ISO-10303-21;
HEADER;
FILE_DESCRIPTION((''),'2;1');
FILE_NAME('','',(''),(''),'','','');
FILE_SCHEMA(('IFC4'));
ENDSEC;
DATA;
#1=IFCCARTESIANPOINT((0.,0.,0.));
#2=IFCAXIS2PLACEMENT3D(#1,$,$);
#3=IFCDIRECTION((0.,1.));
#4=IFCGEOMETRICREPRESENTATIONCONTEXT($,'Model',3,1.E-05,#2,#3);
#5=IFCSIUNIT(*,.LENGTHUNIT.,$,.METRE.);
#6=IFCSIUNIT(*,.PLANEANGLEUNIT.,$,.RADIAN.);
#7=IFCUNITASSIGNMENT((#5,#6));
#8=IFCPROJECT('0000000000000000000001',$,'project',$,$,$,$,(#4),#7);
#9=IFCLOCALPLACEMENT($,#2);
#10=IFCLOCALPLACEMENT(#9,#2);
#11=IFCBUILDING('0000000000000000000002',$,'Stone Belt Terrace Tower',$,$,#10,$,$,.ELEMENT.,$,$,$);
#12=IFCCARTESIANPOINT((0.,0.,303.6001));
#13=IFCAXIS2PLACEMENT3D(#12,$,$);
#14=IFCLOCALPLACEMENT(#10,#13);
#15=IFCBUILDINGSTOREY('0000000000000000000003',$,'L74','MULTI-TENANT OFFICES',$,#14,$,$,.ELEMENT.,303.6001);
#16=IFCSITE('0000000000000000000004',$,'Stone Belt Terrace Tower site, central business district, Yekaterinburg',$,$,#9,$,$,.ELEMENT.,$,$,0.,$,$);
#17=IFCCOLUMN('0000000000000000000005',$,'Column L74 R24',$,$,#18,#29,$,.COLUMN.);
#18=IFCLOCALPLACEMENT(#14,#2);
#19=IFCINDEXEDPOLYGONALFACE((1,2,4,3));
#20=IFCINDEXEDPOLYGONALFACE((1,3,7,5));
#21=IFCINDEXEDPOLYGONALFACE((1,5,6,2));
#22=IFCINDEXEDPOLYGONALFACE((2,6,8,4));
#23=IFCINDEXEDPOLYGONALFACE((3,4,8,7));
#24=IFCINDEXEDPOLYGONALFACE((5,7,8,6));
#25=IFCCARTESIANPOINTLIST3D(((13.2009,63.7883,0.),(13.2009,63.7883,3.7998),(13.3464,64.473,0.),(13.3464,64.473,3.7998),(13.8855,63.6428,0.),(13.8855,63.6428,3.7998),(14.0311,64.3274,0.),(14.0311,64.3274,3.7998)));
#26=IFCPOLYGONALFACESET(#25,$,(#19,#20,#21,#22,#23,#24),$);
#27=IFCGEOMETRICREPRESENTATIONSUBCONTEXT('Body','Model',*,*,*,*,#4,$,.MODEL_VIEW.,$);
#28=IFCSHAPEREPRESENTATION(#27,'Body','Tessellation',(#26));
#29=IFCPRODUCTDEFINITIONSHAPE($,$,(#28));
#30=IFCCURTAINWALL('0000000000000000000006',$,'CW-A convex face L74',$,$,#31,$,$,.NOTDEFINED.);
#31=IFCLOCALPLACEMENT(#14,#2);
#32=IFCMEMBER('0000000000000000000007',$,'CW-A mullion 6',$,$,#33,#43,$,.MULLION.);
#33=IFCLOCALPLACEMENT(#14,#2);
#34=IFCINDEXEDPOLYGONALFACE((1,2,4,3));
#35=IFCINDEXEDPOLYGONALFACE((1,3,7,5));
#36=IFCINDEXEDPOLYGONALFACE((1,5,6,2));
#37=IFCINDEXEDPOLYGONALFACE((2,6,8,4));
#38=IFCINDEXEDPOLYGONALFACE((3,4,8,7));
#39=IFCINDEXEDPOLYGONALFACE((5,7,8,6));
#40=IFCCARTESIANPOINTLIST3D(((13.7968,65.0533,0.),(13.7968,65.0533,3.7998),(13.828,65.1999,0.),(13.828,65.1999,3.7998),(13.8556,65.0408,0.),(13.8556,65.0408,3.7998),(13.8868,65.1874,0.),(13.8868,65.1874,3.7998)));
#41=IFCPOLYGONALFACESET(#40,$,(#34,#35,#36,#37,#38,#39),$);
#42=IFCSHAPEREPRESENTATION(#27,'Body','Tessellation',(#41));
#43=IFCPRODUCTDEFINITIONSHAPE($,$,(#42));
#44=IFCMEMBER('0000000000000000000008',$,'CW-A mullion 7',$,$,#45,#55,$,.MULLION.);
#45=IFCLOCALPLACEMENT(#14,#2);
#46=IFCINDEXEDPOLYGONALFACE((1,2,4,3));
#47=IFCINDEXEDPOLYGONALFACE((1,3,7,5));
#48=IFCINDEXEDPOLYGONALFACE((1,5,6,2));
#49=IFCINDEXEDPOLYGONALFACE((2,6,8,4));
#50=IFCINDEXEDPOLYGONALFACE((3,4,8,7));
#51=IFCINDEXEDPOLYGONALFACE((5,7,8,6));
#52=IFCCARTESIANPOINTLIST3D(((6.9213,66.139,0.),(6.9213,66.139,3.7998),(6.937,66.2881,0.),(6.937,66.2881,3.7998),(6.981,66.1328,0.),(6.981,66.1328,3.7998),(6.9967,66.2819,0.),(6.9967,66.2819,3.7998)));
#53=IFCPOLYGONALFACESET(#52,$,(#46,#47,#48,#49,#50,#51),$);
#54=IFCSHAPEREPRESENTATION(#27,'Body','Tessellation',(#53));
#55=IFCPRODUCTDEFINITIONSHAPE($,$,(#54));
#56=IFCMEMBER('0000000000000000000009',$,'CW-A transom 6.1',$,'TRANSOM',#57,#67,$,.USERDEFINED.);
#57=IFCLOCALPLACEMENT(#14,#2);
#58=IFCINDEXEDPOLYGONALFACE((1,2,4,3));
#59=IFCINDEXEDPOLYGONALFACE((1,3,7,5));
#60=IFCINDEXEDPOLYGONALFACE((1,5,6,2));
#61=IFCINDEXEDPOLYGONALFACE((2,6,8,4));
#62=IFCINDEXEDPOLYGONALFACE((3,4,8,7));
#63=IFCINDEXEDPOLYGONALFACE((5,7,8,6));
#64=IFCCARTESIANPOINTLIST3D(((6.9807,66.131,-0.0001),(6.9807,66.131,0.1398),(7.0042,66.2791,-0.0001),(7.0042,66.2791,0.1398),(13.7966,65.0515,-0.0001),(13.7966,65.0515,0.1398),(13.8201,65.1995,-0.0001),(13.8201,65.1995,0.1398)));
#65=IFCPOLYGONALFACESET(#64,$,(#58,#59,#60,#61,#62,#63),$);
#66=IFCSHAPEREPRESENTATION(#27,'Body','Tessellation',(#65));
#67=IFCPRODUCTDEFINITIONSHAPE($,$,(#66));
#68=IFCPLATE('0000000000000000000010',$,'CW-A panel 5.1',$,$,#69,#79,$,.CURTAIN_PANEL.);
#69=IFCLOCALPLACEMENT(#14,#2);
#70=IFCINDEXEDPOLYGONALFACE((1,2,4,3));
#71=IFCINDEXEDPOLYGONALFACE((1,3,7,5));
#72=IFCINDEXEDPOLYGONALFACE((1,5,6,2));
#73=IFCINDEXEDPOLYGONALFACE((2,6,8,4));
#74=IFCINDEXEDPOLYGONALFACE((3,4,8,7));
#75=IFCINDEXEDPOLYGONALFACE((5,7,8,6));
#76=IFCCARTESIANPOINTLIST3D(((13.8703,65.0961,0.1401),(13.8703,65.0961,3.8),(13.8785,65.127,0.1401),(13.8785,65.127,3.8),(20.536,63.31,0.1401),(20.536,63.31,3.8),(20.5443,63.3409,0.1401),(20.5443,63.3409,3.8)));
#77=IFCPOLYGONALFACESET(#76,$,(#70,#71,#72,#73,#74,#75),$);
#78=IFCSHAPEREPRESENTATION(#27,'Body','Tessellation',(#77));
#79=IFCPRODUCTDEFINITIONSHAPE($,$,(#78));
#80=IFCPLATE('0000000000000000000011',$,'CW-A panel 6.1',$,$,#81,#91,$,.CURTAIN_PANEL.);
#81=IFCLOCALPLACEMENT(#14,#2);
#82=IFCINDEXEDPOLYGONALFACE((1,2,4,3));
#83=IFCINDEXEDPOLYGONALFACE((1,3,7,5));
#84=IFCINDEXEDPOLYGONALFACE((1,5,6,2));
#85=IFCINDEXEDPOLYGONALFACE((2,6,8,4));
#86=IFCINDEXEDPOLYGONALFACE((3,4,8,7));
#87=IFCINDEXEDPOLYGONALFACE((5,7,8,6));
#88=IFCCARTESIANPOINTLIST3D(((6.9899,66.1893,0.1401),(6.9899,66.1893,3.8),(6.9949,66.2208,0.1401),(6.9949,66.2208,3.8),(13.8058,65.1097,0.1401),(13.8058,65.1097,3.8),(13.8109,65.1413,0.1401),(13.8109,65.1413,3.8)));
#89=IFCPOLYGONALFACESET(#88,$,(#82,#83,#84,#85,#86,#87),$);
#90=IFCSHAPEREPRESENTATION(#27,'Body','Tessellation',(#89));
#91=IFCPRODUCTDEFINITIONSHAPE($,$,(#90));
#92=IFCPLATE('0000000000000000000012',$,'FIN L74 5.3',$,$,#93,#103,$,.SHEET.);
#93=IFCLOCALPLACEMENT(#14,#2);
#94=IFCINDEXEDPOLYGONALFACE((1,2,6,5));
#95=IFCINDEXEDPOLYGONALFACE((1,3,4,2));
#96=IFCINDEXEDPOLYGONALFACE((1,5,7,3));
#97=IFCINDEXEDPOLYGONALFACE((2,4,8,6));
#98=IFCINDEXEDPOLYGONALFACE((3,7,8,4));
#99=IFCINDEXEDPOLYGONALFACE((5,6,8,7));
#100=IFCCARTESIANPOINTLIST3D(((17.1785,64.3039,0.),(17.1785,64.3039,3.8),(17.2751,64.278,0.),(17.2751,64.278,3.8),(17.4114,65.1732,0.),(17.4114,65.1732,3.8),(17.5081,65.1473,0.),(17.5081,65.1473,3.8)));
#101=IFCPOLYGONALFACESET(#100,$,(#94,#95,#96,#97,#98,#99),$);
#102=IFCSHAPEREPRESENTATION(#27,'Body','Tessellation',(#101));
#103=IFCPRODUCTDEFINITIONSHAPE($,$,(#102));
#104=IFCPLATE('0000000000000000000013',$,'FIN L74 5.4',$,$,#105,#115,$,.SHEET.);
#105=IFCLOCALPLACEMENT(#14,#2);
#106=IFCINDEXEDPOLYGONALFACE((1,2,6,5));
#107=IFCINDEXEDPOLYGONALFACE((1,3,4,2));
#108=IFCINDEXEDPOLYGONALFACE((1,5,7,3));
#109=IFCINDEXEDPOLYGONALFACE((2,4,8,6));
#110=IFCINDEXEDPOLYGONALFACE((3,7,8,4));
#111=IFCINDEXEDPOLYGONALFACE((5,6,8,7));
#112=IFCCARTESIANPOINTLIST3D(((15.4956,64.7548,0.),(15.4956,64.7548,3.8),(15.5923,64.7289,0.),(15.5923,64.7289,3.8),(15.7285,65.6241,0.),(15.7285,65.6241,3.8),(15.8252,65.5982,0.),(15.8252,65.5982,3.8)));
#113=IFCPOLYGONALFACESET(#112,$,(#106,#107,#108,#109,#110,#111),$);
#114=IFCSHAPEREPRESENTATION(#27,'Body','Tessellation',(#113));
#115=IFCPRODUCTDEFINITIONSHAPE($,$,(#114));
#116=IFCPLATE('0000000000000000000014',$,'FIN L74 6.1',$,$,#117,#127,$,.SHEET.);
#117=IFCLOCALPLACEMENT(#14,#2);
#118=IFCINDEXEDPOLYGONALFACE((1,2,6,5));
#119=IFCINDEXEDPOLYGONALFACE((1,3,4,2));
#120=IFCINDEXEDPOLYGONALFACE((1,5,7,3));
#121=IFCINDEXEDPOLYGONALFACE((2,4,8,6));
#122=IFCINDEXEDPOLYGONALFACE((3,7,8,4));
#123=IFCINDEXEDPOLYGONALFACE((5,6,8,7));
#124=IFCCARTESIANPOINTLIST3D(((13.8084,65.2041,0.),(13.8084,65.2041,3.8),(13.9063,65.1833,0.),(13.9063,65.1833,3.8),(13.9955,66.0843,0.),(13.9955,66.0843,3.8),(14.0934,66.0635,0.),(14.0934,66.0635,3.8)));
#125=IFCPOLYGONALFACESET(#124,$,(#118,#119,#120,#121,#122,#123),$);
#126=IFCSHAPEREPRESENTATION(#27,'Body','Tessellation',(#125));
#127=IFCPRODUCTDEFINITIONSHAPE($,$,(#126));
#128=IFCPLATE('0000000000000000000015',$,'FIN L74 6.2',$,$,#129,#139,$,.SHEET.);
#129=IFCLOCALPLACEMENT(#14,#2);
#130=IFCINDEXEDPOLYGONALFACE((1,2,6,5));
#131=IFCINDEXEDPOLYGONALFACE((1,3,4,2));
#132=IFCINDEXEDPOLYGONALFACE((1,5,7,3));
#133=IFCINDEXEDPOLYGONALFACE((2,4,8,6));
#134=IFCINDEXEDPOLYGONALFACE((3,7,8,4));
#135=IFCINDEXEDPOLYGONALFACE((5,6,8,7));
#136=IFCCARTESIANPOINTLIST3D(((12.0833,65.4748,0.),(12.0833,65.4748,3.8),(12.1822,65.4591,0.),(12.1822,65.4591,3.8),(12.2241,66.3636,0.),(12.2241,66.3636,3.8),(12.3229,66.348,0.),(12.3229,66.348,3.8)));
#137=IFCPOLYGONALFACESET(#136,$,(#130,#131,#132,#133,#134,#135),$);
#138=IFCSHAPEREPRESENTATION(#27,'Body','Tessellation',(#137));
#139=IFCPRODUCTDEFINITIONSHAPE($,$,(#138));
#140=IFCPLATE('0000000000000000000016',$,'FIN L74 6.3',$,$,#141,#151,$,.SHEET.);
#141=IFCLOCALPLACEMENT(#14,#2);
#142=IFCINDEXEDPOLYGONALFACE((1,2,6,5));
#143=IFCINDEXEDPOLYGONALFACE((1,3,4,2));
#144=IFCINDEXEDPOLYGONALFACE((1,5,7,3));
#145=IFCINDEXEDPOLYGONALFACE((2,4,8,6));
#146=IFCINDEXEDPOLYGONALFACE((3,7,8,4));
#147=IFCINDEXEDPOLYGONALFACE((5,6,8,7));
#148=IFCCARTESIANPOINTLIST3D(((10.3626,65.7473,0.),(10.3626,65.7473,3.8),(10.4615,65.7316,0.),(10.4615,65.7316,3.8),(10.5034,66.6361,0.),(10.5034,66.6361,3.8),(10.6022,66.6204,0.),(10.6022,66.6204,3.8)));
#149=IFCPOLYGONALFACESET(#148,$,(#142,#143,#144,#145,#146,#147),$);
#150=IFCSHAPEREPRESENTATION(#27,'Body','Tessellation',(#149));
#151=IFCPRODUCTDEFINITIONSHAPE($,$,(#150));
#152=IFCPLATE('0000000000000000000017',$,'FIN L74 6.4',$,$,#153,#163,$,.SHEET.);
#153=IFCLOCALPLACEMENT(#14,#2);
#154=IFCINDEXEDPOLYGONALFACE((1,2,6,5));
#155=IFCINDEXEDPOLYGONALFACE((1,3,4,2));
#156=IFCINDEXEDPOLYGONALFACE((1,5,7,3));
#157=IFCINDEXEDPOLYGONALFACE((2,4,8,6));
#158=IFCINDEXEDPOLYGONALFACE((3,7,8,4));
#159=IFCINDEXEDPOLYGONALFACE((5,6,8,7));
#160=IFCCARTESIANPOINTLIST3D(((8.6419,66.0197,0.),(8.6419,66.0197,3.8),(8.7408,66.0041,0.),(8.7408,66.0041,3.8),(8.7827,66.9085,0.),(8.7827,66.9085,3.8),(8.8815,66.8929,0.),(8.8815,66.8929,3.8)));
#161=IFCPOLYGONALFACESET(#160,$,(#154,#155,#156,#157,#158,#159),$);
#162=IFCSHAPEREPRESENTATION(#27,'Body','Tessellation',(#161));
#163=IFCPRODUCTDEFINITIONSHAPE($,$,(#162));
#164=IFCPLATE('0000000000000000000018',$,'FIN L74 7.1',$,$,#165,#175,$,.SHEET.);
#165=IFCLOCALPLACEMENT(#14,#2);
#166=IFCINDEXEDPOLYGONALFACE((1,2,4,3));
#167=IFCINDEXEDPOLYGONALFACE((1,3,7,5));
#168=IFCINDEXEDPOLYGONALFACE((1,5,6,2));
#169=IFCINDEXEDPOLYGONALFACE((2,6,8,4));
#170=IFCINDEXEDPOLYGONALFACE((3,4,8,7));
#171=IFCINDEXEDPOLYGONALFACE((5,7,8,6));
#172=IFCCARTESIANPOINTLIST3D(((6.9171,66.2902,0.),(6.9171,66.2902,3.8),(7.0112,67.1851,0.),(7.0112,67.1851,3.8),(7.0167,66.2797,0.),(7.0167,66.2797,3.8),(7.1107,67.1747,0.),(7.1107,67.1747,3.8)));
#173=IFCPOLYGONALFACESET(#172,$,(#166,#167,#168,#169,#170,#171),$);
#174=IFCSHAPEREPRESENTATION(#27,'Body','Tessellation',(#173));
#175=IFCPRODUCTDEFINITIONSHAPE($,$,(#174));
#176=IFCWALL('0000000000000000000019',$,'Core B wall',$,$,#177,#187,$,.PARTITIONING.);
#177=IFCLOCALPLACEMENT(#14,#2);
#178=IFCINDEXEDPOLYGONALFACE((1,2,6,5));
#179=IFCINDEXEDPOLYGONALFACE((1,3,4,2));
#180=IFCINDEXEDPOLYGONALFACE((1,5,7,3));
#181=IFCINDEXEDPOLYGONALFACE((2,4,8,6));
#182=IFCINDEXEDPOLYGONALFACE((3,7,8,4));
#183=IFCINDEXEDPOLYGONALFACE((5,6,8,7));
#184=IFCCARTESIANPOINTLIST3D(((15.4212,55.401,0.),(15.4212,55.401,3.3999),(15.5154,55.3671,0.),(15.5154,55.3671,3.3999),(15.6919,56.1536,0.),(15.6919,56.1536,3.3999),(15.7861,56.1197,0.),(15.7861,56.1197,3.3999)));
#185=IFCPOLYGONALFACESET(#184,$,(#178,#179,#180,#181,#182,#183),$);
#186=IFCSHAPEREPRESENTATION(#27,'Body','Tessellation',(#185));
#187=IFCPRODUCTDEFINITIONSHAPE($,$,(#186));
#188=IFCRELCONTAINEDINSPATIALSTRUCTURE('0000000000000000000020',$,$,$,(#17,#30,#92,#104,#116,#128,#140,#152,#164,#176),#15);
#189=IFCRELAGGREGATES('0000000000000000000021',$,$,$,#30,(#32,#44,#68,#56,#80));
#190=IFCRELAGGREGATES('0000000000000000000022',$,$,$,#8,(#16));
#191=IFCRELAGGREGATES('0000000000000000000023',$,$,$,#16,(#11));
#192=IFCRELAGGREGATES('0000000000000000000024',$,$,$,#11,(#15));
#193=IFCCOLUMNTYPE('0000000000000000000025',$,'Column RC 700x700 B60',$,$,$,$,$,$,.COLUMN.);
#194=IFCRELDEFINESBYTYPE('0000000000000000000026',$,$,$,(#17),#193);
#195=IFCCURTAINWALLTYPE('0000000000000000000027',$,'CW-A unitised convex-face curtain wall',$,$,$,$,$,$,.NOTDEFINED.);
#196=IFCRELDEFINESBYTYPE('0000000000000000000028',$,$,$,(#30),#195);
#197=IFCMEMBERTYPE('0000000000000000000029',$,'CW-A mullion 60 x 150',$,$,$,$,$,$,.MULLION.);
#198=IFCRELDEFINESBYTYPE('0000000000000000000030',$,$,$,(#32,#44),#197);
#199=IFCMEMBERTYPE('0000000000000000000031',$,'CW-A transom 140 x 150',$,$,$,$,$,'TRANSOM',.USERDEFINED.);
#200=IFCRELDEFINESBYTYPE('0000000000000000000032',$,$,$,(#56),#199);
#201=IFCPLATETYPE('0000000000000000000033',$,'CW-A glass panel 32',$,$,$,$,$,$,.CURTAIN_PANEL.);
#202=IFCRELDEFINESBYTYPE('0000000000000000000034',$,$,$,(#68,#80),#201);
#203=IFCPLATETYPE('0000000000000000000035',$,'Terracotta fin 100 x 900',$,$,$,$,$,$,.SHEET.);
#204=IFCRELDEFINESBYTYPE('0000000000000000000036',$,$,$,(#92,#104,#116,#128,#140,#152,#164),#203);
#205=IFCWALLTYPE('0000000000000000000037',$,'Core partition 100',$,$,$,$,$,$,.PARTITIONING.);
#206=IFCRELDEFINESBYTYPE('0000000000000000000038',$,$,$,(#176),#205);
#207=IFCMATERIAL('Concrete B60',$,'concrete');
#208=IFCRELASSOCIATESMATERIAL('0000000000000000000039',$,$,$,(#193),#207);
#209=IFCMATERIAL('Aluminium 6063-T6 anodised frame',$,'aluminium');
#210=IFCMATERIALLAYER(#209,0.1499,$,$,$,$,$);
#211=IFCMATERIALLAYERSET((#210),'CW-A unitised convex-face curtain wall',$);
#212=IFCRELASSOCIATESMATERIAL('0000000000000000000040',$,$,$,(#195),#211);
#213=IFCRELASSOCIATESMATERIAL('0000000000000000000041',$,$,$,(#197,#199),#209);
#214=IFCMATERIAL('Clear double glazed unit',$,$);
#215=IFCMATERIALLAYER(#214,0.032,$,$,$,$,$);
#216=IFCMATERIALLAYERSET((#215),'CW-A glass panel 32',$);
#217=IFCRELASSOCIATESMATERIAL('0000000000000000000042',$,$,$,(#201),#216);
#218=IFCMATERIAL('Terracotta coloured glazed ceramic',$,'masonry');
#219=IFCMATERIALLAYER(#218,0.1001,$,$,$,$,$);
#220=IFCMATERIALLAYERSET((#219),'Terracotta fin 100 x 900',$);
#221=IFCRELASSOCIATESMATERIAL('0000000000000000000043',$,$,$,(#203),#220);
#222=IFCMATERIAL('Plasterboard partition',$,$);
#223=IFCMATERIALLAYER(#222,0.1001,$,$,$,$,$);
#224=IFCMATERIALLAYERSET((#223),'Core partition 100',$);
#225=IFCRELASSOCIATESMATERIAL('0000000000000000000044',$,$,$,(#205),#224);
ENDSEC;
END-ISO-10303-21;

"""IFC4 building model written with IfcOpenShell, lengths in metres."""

from ifc_helpers import new_model, si_unit, direction, frame, frame_2d, origin, origin_2d, place, context, subcontext, project, spatial, rectangle, extrude, material, layer, layer_set, material_profile, profile_set, type_object, element, aggregate, save


model = new_model("IFC4")

# Units and contexts
model_context = context("Model", 3, precision=1e-05, world=origin(), true_north=direction((0.0, 1.0)))
body_context = subcontext(model_context, "Body", "Model", "MODEL_VIEW")
ifc_project = project(units=[si_unit("LENGTHUNIT", "METRE"), si_unit("PLANEANGLEUNIT", "RADIAN")], contexts=[model_context])

# Site, building, storey
site_placement = place(None, origin())
site = spatial("IfcSite", under=ifc_project, at=site_placement, Name="Stone Belt Terrace Tower site, central business district, Yekaterinburg", CompositionType="ELEMENT", RefElevation=0.0)
building_placement = place(site_placement, origin())
building = spatial("IfcBuilding", under=site, at=building_placement, Name="Stone Belt Terrace Tower", CompositionType="ELEMENT")
storey_placement = place(building_placement, frame((0.0, 0.0, 303.6001)))
storey = spatial("IfcBuildingStorey", under=building, at=storey_placement, Name="L74", Description="MULTI-TENANT OFFICES", CompositionType="ELEMENT", Elevation=303.6001)

# Column
ifc_material_1 = material(Name="Concrete B60", Category="concrete")
ifc_material_profile_1 = material_profile(ifc_material_1, rectangle(XDim=0.7, YDim=0.7, at=origin_2d()), Name="RC 700x700")
ifc_profile_set_1 = profile_set([ifc_material_profile_1], Name="Concrete B60")
column_type = type_object("IfcColumnType", Name="Column RC 700x700 B60", PredefinedType="COLUMN", material=ifc_profile_set_1)
column_placement = place(storey_placement, frame((13.616, 64.0579, 0.0), z_axis=(0.0, 0.0, 1.0), x_axis=(0.978148, -0.207912, 0.0)))
element("IfcColumn", 1, at=column_placement, inside=storey, type_object=column_type, Name="Column L74 R24", PredefinedType="COLUMN", context=body_context, shape_type="SweptSolid", body=[
    extrude(rectangle(XDim=0.7, YDim=0.7, at=origin_2d()), origin(), (0.0, 0.0, 1.0), 3.7998),
])

# Curtain wall, members, plates
ifc_material_2 = material(Name="Aluminium 6063-T6 anodised frame", Category="aluminium")
ifc_layer_1 = layer(ifc_material_2, 0.1499)
ifc_layer_set_1 = layer_set([ifc_layer_1], Name="CW-A unitised convex-face curtain wall")
curtain_wall_type = type_object("IfcCurtainWallType", Name="CW-A unitised convex-face curtain wall", PredefinedType="NOTDEFINED", material=ifc_layer_set_1)
curtain_wall_placement = place(storey_placement, origin())
curtain_wall = element("IfcCurtainWall", 2, at=curtain_wall_placement, inside=storey, type_object=curtain_wall_type, Name="CW-A convex face L74", PredefinedType="NOTDEFINED")
ifc_material_profile_2 = material_profile(ifc_material_2, rectangle(XDim=0.1499, YDim=0.0601, at=origin_2d()), Name="Aluminium 6063-T6 60x150")
ifc_profile_set_2 = profile_set([ifc_material_profile_2], Name="Aluminium 6063-T6 anodised frame")
member_type_1 = type_object("IfcMemberType", Name="CW-A mullion 60 x 150", PredefinedType="MULLION", material=ifc_profile_set_2)
member_1_placement = place(storey_placement, frame((13.8418, 65.1204, 0.0), z_axis=(0.0, 0.0, 1.0), x_axis=(-0.207912, -0.978148, 0.0)))
member_1 = element("IfcMember", 3, at=member_1_placement, type_object=member_type_1, Name="CW-A mullion 6", PredefinedType="MULLION", context=body_context, shape_type="SweptSolid", body=[
    extrude(rectangle(XDim=0.1499, YDim=0.0601, at=origin_2d()), origin(), (0.0, 0.0, 1.0), 3.7998),
])
member_2_placement = place(storey_placement, frame((6.959, 66.2104, 0.0), z_axis=(0.0, 0.0, 1.0), x_axis=(-0.104528, -0.994522, 0.0)))
member_2 = element("IfcMember", 4, at=member_2_placement, type_object=member_type_1, Name="CW-A mullion 7", PredefinedType="MULLION", context=body_context, shape_type="SweptSolid", body=[
    extrude(rectangle(XDim=0.1499, YDim=0.0601, at=origin_2d()), origin(), (0.0, 0.0, 1.0), 3.7998),
])
ifc_material_profile_3 = material_profile(ifc_material_2, rectangle(XDim=0.1499, YDim=0.1399, at=origin_2d()), Name="Aluminium 6063-T6 150x140")
ifc_profile_set_3 = profile_set([ifc_material_profile_3], Name="Aluminium 6063-T6 anodised frame")
member_type_2 = type_object("IfcMemberType", Name="CW-A transom 140 x 150", ElementType="TRANSOM", PredefinedType="USERDEFINED", material=ifc_profile_set_3)
member_3_placement = place(storey_placement, frame((13.8083, 65.1255, 0.0698), z_axis=(-0.987687, 0.156442, 0.0), x_axis=(-0.156442, -0.987687, 0.0)))
member_3 = element("IfcMember", 5, at=member_3_placement, type_object=member_type_2, Name="CW-A transom 6.1", ObjectType="TRANSOM", PredefinedType="USERDEFINED", context=body_context, shape_type="SweptSolid", body=[
    extrude(rectangle(XDim=0.1499, YDim=0.1399, at=origin_2d()), origin(), (0.0, 0.0, 1.0), 6.9009),
])
ifc_material_3 = material(Name="Clear double glazed unit")
ifc_layer_2 = layer(ifc_material_3, 0.032)
ifc_layer_set_2 = layer_set([ifc_layer_2], Name="CW-A glass panel 32")
plate_type_1 = type_object("IfcPlateType", Name="CW-A glass panel 32", PredefinedType="CURTAIN_PANEL", material=ifc_layer_set_2)
plate_1_placement = place(storey_placement, frame((17.2073, 64.2185, 0.1401), z_axis=(0.0, 0.0, 1.0), x_axis=(-0.965926, 0.258819, 0.0)))
plate_1 = element("IfcPlate", 6, at=plate_1_placement, type_object=plate_type_1, Name="CW-A panel 5.1", PredefinedType="CURTAIN_PANEL", context=body_context, shape_type="SweptSolid", body=[
    extrude(rectangle(XDim=6.9009, YDim=0.032, at=origin_2d()), origin(), (0.0, 0.0, 1.0), 3.6599),
])
plate_2_placement = place(storey_placement, frame((10.4004, 65.6653, 0.1401), z_axis=(0.0, 0.0, 1.0), x_axis=(-0.987688, 0.156434, 0.0)))
plate_2 = element("IfcPlate", 7, at=plate_2_placement, type_object=plate_type_1, Name="CW-A panel 6.1", PredefinedType="CURTAIN_PANEL", context=body_context, shape_type="SweptSolid", body=[
    extrude(rectangle(XDim=6.9009, YDim=0.032, at=origin_2d()), origin(), (0.0, 0.0, 1.0), 3.6599),
])
aggregate(curtain_wall, [member_1, member_2, plate_1, member_3, plate_2])

# Plates
ifc_material_4 = material(Name="Terracotta coloured glazed ceramic", Category="masonry")
ifc_layer_3 = layer(ifc_material_4, 0.1001)
ifc_layer_set_3 = layer_set([ifc_layer_3], Name="Terracotta fin 100 x 900")
plate_type_2 = type_object("IfcPlateType", Name="Terracotta fin 100 x 900", PredefinedType="SHEET", material=ifc_layer_set_3)
for number, where, z_axis, x_axis, name in (
    (8, (17.3433, 64.7256, 0.0), (0.0, 0.0, 1.0), (0.258819, 0.965926, 0.0), "FIN L74 5.3"),
    (9, (15.6604, 65.1765, 0.0), (0.0, 0.0, 1.0), (0.258819, 0.965926, 0.0), "FIN L74 5.4"),
    (10, (13.9509, 65.6338, 0.0), (0.0, 0.0, 1.0), (0.207912, 0.978148, 0.0), "FIN L74 6.1"),
    (11, (12.2031, 65.9114, 0.0), (0.0, 0.0, 1.0), (0.156434, 0.987688, 0.0), "FIN L74 6.2"),
    (12, (10.4824, 66.1838, 0.0), (0.0, 0.0, 1.0), (0.156434, 0.987688, 0.0), "FIN L74 6.3"),
    (13, (8.7617, 66.4563, 0.0), (0.0, 0.0, 1.0), (0.156434, 0.987688, 0.0), "FIN L74 6.4"),
    (14, (7.0139, 66.7324, 0.0), (0.0, 0.0, 1.0), (0.104528, 0.994522, 0.0), "FIN L74 7.1"),
):
    element("IfcPlate", number, at=place(storey_placement, frame(where, z_axis=z_axis, x_axis=x_axis)), inside=storey, type_object=plate_type_2, Name=name, PredefinedType="SHEET", context=body_context, shape_type="SweptSolid", body=[
        extrude(rectangle(XDim=0.8999, YDim=0.1001, at=origin_2d()), origin(), (0.0, 0.0, 1.0), 3.8),
    ])

# Wall
ifc_material_5 = material(Name="Plasterboard partition")
ifc_layer_4 = layer(ifc_material_5, 0.1001)
ifc_layer_set_4 = layer_set([ifc_layer_4], Name="Core partition 100")
wall_type_1 = type_object("IfcWallType", Name="Core partition 100", PredefinedType="PARTITIONING", material=ifc_layer_set_4)
wall_1_placement = place(storey_placement, frame((15.4683, 55.384, 0.0), z_axis=(0.0, 0.0, 1.0), x_axis=(0.338482, 0.940973, 0.0)))
element("IfcWall", 15, at=wall_1_placement, inside=storey, type_object=wall_type_1, Name="Core B wall", PredefinedType="PARTITIONING", context=body_context, shape_type="SweptSolid", body=[
    extrude(rectangle(XDim=0.7998, YDim=0.1001, at=frame_2d((0.3999, 0.0))), origin(), (0.0, 0.0, 1.0), 3.3999),
])

save(model, "model.ifc")
